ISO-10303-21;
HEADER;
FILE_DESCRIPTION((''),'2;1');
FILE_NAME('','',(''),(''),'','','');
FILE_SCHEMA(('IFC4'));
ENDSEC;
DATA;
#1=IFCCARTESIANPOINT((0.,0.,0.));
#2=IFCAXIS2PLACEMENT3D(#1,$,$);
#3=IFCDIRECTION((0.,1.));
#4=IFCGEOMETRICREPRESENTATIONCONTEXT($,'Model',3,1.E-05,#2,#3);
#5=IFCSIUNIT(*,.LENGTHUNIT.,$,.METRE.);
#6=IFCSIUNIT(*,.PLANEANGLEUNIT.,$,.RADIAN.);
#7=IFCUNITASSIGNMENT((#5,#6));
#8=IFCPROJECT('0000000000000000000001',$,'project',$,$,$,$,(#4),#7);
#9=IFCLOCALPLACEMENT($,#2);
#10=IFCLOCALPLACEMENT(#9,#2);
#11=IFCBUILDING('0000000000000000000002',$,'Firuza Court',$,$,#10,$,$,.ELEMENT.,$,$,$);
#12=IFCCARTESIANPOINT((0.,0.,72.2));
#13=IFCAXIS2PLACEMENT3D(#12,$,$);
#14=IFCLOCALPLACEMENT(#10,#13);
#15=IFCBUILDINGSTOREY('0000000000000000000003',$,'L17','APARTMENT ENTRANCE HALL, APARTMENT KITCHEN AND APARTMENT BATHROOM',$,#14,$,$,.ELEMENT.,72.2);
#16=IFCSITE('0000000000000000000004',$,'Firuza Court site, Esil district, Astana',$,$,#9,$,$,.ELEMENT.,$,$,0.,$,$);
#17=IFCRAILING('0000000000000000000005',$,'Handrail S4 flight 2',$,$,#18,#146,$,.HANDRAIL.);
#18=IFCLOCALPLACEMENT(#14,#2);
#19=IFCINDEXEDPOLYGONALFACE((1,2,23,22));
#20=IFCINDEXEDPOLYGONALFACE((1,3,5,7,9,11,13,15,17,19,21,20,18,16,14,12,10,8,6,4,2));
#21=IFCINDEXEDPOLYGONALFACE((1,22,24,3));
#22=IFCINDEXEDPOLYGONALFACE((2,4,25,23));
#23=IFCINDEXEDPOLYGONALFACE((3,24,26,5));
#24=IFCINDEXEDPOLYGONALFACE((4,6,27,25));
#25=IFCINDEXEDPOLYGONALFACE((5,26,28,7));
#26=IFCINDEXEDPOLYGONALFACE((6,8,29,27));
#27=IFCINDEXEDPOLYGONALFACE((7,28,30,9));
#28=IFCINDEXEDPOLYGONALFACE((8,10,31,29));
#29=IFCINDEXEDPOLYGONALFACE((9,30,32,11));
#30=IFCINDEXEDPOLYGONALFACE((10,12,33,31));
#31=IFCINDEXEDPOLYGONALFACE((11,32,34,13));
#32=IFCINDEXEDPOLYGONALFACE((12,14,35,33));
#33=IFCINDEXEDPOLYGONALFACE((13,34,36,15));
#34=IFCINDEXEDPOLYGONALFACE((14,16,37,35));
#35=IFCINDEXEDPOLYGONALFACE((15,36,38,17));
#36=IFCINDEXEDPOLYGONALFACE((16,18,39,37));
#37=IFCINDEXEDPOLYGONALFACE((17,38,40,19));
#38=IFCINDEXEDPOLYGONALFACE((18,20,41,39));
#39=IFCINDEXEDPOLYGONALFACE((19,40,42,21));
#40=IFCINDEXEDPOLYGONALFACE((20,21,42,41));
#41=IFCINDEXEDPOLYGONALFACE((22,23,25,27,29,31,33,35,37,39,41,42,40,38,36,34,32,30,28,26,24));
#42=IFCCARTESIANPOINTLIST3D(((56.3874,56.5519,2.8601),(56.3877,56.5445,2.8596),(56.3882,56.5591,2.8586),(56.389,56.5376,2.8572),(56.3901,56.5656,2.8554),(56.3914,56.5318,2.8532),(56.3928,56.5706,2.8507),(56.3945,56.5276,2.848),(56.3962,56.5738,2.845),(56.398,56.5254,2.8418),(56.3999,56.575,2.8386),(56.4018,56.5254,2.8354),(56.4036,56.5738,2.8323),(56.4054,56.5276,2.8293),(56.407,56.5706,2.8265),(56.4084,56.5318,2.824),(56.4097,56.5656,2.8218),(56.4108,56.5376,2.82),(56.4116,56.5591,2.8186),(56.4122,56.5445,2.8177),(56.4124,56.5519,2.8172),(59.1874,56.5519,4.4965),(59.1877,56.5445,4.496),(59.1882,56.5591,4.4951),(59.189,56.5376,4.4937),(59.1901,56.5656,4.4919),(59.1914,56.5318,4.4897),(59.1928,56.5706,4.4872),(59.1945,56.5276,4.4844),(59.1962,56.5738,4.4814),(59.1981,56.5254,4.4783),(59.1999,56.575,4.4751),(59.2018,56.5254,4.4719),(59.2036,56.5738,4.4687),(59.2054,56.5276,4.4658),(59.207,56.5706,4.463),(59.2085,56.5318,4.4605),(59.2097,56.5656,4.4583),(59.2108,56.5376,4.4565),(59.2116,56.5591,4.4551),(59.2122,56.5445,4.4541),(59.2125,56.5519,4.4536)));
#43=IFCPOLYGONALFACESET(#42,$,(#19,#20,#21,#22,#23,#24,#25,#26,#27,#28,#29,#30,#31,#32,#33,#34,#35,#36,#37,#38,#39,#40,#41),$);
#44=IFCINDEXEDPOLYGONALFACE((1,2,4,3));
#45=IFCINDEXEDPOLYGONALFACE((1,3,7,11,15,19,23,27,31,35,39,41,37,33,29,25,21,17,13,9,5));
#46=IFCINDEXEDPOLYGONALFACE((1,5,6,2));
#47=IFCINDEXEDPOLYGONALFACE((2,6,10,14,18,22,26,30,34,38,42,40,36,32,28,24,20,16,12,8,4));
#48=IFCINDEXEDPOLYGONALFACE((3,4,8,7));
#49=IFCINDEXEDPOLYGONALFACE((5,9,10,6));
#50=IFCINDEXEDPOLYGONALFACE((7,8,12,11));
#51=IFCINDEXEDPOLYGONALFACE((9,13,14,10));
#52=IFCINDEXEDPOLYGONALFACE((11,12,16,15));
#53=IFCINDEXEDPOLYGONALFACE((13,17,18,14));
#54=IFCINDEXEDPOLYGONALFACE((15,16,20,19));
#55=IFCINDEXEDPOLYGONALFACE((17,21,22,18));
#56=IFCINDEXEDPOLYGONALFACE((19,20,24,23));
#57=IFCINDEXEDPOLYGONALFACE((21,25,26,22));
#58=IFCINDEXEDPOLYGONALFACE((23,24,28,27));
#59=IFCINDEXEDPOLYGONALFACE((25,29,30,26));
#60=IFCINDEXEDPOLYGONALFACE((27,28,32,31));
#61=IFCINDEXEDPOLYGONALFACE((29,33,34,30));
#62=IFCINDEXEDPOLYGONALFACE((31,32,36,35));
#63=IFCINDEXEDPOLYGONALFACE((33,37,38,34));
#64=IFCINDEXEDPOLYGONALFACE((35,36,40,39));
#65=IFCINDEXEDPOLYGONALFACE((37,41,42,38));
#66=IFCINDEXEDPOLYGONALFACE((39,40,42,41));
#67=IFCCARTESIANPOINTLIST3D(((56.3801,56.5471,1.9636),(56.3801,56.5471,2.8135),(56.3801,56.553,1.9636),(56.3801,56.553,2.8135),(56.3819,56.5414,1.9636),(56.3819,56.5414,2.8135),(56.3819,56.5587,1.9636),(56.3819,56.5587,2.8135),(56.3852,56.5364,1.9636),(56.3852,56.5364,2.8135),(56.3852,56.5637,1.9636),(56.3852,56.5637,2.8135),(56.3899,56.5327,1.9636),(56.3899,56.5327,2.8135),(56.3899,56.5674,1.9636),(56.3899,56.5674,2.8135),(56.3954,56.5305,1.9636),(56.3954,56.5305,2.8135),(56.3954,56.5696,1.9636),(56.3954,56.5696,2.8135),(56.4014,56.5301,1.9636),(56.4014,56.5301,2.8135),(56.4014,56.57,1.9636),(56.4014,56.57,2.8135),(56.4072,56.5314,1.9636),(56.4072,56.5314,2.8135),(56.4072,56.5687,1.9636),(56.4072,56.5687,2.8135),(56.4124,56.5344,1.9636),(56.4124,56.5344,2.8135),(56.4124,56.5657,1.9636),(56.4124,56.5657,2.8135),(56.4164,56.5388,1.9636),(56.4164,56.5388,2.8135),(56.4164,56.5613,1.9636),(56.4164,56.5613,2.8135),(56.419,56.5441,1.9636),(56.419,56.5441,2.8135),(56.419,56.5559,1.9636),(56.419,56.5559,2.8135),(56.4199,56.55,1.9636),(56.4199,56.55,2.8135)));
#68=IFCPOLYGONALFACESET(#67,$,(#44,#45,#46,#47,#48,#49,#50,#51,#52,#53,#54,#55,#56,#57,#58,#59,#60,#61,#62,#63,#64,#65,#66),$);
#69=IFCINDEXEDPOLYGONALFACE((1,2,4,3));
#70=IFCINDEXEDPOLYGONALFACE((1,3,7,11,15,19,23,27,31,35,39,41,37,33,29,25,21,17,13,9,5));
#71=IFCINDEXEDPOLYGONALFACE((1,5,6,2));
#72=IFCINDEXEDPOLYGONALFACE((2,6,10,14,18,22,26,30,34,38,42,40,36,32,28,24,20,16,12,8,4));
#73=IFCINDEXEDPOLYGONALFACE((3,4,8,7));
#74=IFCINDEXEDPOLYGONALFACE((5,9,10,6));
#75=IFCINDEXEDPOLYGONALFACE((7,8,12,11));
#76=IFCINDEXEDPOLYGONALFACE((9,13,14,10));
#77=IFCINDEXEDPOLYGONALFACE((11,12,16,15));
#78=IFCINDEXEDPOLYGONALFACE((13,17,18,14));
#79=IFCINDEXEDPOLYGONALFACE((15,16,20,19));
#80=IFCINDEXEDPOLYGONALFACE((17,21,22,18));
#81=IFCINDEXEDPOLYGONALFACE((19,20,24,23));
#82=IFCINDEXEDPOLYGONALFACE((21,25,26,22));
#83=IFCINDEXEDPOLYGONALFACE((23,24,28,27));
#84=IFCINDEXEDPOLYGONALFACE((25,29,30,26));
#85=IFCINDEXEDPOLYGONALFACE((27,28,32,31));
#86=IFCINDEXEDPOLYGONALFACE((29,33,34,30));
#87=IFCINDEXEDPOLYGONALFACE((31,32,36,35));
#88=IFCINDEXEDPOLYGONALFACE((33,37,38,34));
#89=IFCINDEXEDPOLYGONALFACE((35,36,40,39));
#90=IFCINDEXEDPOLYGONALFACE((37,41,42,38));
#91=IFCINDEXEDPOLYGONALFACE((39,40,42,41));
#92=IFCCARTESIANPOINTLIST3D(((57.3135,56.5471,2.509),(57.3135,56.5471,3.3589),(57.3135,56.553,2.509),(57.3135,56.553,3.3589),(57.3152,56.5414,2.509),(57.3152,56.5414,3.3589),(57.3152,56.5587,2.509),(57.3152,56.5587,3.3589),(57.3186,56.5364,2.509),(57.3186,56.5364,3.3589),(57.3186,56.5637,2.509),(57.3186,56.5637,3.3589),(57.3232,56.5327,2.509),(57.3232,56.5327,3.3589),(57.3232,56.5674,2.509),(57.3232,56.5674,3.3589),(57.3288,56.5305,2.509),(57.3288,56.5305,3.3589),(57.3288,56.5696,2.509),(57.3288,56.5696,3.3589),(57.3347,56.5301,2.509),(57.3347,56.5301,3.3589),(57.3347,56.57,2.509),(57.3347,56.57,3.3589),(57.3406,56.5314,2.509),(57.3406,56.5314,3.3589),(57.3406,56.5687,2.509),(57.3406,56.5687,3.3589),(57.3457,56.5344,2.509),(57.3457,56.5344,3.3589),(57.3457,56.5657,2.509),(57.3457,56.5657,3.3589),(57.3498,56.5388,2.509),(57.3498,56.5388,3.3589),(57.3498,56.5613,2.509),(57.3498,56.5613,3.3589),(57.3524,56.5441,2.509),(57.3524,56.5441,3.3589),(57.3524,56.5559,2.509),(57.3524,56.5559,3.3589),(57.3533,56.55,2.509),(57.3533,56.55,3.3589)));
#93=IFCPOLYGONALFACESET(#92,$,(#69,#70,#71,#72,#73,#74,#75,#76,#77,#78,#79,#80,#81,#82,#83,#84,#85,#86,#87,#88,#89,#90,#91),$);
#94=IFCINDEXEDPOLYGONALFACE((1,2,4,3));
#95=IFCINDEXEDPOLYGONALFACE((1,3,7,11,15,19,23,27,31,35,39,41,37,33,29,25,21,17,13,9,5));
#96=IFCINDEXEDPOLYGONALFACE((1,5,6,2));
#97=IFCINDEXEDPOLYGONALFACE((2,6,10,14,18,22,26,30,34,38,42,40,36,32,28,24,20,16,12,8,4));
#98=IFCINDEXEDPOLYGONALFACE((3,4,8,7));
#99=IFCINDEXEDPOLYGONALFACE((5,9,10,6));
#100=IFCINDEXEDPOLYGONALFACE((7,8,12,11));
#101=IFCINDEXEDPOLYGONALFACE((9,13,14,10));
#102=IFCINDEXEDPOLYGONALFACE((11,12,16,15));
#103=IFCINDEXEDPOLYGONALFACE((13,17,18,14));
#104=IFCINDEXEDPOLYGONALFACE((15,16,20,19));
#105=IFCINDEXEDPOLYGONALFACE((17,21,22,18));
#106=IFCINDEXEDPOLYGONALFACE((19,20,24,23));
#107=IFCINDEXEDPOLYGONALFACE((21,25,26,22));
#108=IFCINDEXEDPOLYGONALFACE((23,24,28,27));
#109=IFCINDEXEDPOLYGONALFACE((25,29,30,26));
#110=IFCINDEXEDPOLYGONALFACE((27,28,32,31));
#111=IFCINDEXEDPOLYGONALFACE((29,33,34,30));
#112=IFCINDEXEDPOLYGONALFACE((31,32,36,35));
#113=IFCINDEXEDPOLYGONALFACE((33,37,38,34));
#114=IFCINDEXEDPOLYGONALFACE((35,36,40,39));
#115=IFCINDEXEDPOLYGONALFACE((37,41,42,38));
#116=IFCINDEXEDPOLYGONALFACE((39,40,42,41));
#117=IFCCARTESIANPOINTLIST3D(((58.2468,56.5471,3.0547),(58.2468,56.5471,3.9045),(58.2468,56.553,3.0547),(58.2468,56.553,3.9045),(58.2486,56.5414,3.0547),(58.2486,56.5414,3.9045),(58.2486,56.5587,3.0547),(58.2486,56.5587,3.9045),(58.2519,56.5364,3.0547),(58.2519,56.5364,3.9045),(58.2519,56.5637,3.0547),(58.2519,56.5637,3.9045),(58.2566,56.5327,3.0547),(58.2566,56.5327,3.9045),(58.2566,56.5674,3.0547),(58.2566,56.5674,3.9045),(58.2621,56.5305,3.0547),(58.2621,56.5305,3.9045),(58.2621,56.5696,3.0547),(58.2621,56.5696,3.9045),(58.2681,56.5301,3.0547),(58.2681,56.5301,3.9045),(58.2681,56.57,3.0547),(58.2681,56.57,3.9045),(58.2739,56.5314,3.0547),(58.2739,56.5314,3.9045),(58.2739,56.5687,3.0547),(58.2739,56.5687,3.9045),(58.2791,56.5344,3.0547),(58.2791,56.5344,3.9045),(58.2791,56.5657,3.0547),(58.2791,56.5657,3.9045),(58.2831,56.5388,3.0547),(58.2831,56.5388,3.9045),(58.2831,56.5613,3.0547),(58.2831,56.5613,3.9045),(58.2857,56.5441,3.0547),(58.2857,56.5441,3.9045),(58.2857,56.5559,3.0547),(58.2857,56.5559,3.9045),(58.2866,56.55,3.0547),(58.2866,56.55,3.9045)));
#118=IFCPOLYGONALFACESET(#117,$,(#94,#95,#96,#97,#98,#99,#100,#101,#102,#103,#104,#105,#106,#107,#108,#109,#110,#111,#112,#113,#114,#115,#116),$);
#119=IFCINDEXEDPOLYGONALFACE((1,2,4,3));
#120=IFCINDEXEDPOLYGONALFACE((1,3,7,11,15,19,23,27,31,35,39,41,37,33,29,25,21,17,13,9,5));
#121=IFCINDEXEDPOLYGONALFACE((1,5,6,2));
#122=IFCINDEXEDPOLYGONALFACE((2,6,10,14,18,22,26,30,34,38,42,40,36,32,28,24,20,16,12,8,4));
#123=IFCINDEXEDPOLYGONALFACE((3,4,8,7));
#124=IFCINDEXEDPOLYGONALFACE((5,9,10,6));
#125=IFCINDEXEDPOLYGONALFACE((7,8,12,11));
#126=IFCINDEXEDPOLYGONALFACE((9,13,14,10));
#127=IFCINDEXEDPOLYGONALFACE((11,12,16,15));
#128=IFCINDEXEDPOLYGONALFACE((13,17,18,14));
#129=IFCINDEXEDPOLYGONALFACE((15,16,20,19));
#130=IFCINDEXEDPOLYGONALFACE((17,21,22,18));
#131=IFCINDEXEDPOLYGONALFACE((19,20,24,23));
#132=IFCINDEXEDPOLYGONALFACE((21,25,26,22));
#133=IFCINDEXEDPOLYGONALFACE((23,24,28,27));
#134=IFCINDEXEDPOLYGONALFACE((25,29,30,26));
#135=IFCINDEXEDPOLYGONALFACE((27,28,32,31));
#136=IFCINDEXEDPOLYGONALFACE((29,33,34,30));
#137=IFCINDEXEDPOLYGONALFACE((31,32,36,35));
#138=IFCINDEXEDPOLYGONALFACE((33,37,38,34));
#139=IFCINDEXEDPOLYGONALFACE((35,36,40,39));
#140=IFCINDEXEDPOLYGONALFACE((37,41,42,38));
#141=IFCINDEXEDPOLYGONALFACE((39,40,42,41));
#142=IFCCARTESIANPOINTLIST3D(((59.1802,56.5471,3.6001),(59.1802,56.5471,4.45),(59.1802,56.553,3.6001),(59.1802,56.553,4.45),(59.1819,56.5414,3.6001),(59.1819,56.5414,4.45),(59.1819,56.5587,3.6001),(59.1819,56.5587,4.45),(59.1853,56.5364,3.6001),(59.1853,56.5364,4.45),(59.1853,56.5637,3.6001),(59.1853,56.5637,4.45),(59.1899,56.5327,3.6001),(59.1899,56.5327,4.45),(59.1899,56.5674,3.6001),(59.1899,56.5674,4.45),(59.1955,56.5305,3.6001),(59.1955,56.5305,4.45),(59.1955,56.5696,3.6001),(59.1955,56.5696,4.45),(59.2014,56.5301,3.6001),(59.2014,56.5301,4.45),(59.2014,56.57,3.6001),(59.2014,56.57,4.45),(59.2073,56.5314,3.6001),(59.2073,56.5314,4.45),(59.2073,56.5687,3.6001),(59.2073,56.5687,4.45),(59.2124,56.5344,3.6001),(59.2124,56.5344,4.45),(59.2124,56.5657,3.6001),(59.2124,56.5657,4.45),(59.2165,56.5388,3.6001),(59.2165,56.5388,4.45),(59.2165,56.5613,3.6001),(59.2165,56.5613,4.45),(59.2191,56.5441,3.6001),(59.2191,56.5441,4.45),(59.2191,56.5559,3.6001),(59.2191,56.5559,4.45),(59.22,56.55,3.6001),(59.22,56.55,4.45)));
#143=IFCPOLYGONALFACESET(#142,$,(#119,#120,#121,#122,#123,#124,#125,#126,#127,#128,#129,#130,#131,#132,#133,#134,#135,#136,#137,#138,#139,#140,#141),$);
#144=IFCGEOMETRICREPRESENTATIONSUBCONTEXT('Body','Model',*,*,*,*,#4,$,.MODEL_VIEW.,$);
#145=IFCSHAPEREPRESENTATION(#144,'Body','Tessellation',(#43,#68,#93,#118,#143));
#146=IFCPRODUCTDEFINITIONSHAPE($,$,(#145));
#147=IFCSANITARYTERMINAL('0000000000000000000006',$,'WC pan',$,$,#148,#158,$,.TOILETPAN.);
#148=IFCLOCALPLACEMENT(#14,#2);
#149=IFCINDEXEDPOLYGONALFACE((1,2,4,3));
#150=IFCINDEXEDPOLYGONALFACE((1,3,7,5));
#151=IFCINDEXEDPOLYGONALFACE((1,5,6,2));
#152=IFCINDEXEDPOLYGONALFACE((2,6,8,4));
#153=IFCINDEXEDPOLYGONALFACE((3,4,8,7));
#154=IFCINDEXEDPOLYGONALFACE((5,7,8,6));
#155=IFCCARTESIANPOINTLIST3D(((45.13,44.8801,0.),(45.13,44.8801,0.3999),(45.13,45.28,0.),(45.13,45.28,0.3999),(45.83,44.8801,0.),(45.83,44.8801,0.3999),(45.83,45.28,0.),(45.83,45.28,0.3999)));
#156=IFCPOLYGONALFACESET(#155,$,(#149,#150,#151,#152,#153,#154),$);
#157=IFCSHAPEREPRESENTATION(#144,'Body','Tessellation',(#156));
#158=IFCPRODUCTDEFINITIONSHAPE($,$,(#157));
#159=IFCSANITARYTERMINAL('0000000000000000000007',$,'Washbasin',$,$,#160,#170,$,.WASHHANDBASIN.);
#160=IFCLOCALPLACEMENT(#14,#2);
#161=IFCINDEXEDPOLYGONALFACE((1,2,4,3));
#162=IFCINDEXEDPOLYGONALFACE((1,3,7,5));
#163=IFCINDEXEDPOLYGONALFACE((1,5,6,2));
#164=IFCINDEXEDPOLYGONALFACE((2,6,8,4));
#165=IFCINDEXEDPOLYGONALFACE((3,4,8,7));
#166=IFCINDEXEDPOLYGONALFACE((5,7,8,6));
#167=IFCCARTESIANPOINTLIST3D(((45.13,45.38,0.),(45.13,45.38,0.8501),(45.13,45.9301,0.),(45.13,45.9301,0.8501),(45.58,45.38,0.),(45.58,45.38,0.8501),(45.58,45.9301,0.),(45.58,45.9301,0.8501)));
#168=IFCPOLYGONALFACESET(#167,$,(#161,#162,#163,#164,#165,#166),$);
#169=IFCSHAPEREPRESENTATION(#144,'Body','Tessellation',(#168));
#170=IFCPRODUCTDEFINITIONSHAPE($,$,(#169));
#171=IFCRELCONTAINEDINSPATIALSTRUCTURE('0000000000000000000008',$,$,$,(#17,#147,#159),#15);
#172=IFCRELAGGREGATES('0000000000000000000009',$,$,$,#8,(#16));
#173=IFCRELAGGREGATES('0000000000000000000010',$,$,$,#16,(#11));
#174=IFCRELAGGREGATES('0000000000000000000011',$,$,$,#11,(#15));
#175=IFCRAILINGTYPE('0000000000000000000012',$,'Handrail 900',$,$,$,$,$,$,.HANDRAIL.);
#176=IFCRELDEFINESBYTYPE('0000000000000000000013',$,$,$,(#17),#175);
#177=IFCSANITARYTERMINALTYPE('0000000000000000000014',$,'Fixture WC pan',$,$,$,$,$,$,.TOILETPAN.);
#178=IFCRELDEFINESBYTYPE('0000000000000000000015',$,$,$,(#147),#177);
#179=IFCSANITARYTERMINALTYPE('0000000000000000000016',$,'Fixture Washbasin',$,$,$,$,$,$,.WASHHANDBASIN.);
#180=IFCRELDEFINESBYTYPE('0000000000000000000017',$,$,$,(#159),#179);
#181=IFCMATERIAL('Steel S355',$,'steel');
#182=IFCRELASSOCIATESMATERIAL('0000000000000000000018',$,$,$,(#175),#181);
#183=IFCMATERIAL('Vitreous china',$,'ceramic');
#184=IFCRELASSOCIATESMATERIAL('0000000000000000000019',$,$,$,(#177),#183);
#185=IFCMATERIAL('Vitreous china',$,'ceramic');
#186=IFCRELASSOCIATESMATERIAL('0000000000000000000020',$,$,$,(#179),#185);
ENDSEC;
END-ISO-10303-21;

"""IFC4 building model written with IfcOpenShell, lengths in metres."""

from ifc_helpers import new_model, si_unit, direction, frame, origin, origin_2d, place, context, subcontext, project, spatial, rectangle, circle, extrude, material, type_object, element, save


model = new_model("IFC4")

# Units and contexts
model_context = context("Model", 3, precision=1e-05, world=origin(), true_north=direction((0.0, 1.0)))
body_context = subcontext(model_context, "Body", "Model", "MODEL_VIEW")
ifc_project = project(units=[si_unit("LENGTHUNIT", "METRE"), si_unit("PLANEANGLEUNIT", "RADIAN")], contexts=[model_context])

# Site, building, storey
site_placement = place(None, origin())
site = spatial("IfcSite", under=ifc_project, at=site_placement, Name="Firuza Court site, Esil district, Astana", CompositionType="ELEMENT", RefElevation=0.0)
building_placement = place(site_placement, origin())
building = spatial("IfcBuilding", under=site, at=building_placement, Name="Firuza Court", CompositionType="ELEMENT")
storey_placement = place(building_placement, frame((0.0, 0.0, 72.2)))
storey = spatial("IfcBuildingStorey", under=building, at=storey_placement, Name="L17", Description="APARTMENT ENTRANCE HALL, APARTMENT KITCHEN AND APARTMENT BATHROOM", CompositionType="ELEMENT", Elevation=72.2)

# Railing
ifc_material_1 = material(Name="Steel S355", Category="steel")
railing_type = type_object("IfcRailingType", Name="Handrail 900", PredefinedType="HANDRAIL", material=ifc_material_1)
railing_placement = place(storey_placement, frame((56.3999, 56.55, 1.9636)))
element("IfcRailing", 1, at=railing_placement, inside=storey, type_object=railing_type, Name="Handrail S4 flight 2", PredefinedType="HANDRAIL", context=body_context, shape_type="SweptSolid", body=[
    extrude(circle(Radius=0.0249, at=origin_2d()), frame((0.0, 0.0, 0.875), z_axis=(0.863361, 0.0, 0.504587), x_axis=(0.0, 1.0, 0.0)), (0.0, 0.0, 1.0), 3.2432),
    extrude(circle(Radius=0.02, at=origin_2d()), origin(), (0.0, 0.0, 1.0), 0.8499),
    extrude(circle(Radius=0.02, at=origin_2d()), frame((0.9333, 0.0, 0.5454)), (0.0, 0.0, 1.0), 0.8499),
    extrude(circle(Radius=0.02, at=origin_2d()), frame((1.8667, 0.0, 1.0911)), (0.0, 0.0, 1.0), 0.8499),
    extrude(circle(Radius=0.02, at=origin_2d()), frame((2.8, 0.0, 1.6365)), (0.0, 0.0, 1.0), 0.8499),
])

# Sanitary terminals
ifc_material_2 = material(Name="Vitreous china", Category="ceramic")
sanitary_terminal_type_1 = type_object("IfcSanitaryTerminalType", Name="Fixture WC pan", PredefinedType="TOILETPAN", material=ifc_material_2)
sanitary_terminal_1_placement = place(storey_placement, frame((45.48, 45.0801, 0.0), z_axis=(0.0, 0.0, 1.0), x_axis=(1.0, 0.0, 0.0)))
element("IfcSanitaryTerminal", 2, at=sanitary_terminal_1_placement, inside=storey, type_object=sanitary_terminal_type_1, Name="WC pan", PredefinedType="TOILETPAN", context=body_context, shape_type="SweptSolid", body=[
    extrude(rectangle(XDim=0.7, YDim=0.3999, at=origin_2d()), origin(), (0.0, 0.0, 1.0), 0.3999),
])
ifc_material_3 = material(Name="Vitreous china", Category="ceramic")
sanitary_terminal_type_2 = type_object("IfcSanitaryTerminalType", Name="Fixture Washbasin", PredefinedType="WASHHANDBASIN", material=ifc_material_3)
sanitary_terminal_2_placement = place(storey_placement, frame((45.355, 45.655, 0.0), z_axis=(0.0, 0.0, 1.0), x_axis=(1.0, 0.0, 0.0)))
element("IfcSanitaryTerminal", 3, at=sanitary_terminal_2_placement, inside=storey, type_object=sanitary_terminal_type_2, Name="Washbasin", PredefinedType="WASHHANDBASIN", context=body_context, shape_type="SweptSolid", body=[
    extrude(rectangle(XDim=0.45, YDim=0.55, at=origin_2d()), origin(), (0.0, 0.0, 1.0), 0.8501),
])

save(model, "model.ifc")
